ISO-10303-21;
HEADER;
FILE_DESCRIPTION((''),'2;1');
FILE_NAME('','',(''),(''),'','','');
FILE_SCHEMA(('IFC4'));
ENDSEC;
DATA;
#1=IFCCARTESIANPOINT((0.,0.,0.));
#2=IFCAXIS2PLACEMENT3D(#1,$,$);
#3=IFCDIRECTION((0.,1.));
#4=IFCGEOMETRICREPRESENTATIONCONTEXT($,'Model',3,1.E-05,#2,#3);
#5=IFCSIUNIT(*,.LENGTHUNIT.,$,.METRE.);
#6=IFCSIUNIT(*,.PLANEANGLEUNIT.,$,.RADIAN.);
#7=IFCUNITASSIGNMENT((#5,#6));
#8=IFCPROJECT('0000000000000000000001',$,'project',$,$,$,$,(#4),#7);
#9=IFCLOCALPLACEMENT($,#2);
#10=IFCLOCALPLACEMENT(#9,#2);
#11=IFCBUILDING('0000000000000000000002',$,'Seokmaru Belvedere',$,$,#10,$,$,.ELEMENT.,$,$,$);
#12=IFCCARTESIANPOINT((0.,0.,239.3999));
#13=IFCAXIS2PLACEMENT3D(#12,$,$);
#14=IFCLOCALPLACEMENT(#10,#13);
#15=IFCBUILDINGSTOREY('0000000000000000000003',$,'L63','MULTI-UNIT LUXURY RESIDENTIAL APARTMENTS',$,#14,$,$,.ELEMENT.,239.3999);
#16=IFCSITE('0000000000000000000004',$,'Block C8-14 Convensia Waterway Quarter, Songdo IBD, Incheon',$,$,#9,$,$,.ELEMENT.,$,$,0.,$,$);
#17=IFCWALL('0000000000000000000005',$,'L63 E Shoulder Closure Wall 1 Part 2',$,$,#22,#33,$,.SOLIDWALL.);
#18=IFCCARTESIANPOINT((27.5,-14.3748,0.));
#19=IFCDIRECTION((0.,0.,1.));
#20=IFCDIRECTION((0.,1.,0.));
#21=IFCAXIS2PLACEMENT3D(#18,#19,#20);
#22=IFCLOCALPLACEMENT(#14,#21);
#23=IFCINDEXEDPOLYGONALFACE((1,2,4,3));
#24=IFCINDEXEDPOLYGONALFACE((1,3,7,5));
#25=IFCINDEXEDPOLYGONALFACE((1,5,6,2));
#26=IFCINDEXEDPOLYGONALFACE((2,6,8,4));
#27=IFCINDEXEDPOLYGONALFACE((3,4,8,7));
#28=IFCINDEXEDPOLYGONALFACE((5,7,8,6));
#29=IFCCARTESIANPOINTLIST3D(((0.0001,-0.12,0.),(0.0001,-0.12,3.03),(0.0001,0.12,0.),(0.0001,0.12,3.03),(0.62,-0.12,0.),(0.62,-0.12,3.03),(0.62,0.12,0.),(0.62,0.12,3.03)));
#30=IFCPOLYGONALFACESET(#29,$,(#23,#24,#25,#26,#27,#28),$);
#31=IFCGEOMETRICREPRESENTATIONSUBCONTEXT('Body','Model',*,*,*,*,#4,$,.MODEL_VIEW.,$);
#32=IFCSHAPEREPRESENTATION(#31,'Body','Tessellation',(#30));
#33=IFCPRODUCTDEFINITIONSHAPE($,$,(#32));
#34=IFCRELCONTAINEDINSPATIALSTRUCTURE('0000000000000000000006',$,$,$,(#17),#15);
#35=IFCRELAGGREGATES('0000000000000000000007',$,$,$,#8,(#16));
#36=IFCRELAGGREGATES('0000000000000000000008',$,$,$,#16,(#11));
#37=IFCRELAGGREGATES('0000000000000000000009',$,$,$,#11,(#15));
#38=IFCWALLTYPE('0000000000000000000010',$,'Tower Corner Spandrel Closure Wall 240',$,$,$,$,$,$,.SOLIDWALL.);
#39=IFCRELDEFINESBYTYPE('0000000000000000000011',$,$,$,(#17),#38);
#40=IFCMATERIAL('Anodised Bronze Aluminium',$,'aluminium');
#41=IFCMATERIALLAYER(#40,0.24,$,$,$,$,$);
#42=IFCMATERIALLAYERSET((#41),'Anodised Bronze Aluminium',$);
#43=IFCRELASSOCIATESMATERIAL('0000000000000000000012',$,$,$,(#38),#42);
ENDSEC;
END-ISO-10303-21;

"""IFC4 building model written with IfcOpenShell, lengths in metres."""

from ifc_helpers import new_model, si_unit, direction, frame, frame_2d, origin, place, context, subcontext, project, spatial, rectangle, extrude, material, layer, layer_set, type_object, element, save


model = new_model("IFC4")

# Units and contexts
model_context = context("Model", 3, precision=1e-05, world=origin(), true_north=direction((0.0, 1.0)))
body_context = subcontext(model_context, "Body", "Model", "MODEL_VIEW")
ifc_project = project(units=[si_unit("LENGTHUNIT", "METRE"), si_unit("PLANEANGLEUNIT", "RADIAN")], contexts=[model_context])

# Site, building, storey
site_placement = place(None, origin())
site = spatial("IfcSite", under=ifc_project, at=site_placement, Name="Block C8-14 Convensia Waterway Quarter, Songdo IBD, Incheon", CompositionType="ELEMENT", RefElevation=0.0)
building_placement = place(site_placement, origin())
building = spatial("IfcBuilding", under=site, at=building_placement, Name="Seokmaru Belvedere", CompositionType="ELEMENT")
storey_placement = place(building_placement, frame((0.0, 0.0, 239.3999)))
storey = spatial("IfcBuildingStorey", under=building, at=storey_placement, Name="L63", Description="MULTI-UNIT LUXURY RESIDENTIAL APARTMENTS", CompositionType="ELEMENT", Elevation=239.3999)

# Shared definitions
ifc_material_1 = material(Name="Anodised Bronze Aluminium", Category="aluminium")

# Wall
ifc_layer_1 = layer(ifc_material_1, 0.24)
ifc_layer_set_1 = layer_set([ifc_layer_1], Name="Anodised Bronze Aluminium")
wall_type_1 = type_object("IfcWallType", Name="Tower Corner Spandrel Closure Wall 240", PredefinedType="SOLIDWALL", material=ifc_layer_set_1)
wall_1_placement = place(storey_placement, frame((27.5, -14.3748, 0.0), z_axis=(0.0, 0.0, 1.0), x_axis=(0.0, 1.0, 0.0)))
element("IfcWall", 1, at=wall_1_placement, inside=storey, type_object=wall_type_1, Name="L63 E Shoulder Closure Wall 1 Part 2", PredefinedType="SOLIDWALL", context=body_context, shape_type="SweptSolid", body=[
    extrude(rectangle(XDim=0.6199, YDim=0.24, at=frame_2d((0.3101, 0.0))), origin(), (0.0, 0.0, 1.0), 3.03),
])

save(model, "model.ifc")
